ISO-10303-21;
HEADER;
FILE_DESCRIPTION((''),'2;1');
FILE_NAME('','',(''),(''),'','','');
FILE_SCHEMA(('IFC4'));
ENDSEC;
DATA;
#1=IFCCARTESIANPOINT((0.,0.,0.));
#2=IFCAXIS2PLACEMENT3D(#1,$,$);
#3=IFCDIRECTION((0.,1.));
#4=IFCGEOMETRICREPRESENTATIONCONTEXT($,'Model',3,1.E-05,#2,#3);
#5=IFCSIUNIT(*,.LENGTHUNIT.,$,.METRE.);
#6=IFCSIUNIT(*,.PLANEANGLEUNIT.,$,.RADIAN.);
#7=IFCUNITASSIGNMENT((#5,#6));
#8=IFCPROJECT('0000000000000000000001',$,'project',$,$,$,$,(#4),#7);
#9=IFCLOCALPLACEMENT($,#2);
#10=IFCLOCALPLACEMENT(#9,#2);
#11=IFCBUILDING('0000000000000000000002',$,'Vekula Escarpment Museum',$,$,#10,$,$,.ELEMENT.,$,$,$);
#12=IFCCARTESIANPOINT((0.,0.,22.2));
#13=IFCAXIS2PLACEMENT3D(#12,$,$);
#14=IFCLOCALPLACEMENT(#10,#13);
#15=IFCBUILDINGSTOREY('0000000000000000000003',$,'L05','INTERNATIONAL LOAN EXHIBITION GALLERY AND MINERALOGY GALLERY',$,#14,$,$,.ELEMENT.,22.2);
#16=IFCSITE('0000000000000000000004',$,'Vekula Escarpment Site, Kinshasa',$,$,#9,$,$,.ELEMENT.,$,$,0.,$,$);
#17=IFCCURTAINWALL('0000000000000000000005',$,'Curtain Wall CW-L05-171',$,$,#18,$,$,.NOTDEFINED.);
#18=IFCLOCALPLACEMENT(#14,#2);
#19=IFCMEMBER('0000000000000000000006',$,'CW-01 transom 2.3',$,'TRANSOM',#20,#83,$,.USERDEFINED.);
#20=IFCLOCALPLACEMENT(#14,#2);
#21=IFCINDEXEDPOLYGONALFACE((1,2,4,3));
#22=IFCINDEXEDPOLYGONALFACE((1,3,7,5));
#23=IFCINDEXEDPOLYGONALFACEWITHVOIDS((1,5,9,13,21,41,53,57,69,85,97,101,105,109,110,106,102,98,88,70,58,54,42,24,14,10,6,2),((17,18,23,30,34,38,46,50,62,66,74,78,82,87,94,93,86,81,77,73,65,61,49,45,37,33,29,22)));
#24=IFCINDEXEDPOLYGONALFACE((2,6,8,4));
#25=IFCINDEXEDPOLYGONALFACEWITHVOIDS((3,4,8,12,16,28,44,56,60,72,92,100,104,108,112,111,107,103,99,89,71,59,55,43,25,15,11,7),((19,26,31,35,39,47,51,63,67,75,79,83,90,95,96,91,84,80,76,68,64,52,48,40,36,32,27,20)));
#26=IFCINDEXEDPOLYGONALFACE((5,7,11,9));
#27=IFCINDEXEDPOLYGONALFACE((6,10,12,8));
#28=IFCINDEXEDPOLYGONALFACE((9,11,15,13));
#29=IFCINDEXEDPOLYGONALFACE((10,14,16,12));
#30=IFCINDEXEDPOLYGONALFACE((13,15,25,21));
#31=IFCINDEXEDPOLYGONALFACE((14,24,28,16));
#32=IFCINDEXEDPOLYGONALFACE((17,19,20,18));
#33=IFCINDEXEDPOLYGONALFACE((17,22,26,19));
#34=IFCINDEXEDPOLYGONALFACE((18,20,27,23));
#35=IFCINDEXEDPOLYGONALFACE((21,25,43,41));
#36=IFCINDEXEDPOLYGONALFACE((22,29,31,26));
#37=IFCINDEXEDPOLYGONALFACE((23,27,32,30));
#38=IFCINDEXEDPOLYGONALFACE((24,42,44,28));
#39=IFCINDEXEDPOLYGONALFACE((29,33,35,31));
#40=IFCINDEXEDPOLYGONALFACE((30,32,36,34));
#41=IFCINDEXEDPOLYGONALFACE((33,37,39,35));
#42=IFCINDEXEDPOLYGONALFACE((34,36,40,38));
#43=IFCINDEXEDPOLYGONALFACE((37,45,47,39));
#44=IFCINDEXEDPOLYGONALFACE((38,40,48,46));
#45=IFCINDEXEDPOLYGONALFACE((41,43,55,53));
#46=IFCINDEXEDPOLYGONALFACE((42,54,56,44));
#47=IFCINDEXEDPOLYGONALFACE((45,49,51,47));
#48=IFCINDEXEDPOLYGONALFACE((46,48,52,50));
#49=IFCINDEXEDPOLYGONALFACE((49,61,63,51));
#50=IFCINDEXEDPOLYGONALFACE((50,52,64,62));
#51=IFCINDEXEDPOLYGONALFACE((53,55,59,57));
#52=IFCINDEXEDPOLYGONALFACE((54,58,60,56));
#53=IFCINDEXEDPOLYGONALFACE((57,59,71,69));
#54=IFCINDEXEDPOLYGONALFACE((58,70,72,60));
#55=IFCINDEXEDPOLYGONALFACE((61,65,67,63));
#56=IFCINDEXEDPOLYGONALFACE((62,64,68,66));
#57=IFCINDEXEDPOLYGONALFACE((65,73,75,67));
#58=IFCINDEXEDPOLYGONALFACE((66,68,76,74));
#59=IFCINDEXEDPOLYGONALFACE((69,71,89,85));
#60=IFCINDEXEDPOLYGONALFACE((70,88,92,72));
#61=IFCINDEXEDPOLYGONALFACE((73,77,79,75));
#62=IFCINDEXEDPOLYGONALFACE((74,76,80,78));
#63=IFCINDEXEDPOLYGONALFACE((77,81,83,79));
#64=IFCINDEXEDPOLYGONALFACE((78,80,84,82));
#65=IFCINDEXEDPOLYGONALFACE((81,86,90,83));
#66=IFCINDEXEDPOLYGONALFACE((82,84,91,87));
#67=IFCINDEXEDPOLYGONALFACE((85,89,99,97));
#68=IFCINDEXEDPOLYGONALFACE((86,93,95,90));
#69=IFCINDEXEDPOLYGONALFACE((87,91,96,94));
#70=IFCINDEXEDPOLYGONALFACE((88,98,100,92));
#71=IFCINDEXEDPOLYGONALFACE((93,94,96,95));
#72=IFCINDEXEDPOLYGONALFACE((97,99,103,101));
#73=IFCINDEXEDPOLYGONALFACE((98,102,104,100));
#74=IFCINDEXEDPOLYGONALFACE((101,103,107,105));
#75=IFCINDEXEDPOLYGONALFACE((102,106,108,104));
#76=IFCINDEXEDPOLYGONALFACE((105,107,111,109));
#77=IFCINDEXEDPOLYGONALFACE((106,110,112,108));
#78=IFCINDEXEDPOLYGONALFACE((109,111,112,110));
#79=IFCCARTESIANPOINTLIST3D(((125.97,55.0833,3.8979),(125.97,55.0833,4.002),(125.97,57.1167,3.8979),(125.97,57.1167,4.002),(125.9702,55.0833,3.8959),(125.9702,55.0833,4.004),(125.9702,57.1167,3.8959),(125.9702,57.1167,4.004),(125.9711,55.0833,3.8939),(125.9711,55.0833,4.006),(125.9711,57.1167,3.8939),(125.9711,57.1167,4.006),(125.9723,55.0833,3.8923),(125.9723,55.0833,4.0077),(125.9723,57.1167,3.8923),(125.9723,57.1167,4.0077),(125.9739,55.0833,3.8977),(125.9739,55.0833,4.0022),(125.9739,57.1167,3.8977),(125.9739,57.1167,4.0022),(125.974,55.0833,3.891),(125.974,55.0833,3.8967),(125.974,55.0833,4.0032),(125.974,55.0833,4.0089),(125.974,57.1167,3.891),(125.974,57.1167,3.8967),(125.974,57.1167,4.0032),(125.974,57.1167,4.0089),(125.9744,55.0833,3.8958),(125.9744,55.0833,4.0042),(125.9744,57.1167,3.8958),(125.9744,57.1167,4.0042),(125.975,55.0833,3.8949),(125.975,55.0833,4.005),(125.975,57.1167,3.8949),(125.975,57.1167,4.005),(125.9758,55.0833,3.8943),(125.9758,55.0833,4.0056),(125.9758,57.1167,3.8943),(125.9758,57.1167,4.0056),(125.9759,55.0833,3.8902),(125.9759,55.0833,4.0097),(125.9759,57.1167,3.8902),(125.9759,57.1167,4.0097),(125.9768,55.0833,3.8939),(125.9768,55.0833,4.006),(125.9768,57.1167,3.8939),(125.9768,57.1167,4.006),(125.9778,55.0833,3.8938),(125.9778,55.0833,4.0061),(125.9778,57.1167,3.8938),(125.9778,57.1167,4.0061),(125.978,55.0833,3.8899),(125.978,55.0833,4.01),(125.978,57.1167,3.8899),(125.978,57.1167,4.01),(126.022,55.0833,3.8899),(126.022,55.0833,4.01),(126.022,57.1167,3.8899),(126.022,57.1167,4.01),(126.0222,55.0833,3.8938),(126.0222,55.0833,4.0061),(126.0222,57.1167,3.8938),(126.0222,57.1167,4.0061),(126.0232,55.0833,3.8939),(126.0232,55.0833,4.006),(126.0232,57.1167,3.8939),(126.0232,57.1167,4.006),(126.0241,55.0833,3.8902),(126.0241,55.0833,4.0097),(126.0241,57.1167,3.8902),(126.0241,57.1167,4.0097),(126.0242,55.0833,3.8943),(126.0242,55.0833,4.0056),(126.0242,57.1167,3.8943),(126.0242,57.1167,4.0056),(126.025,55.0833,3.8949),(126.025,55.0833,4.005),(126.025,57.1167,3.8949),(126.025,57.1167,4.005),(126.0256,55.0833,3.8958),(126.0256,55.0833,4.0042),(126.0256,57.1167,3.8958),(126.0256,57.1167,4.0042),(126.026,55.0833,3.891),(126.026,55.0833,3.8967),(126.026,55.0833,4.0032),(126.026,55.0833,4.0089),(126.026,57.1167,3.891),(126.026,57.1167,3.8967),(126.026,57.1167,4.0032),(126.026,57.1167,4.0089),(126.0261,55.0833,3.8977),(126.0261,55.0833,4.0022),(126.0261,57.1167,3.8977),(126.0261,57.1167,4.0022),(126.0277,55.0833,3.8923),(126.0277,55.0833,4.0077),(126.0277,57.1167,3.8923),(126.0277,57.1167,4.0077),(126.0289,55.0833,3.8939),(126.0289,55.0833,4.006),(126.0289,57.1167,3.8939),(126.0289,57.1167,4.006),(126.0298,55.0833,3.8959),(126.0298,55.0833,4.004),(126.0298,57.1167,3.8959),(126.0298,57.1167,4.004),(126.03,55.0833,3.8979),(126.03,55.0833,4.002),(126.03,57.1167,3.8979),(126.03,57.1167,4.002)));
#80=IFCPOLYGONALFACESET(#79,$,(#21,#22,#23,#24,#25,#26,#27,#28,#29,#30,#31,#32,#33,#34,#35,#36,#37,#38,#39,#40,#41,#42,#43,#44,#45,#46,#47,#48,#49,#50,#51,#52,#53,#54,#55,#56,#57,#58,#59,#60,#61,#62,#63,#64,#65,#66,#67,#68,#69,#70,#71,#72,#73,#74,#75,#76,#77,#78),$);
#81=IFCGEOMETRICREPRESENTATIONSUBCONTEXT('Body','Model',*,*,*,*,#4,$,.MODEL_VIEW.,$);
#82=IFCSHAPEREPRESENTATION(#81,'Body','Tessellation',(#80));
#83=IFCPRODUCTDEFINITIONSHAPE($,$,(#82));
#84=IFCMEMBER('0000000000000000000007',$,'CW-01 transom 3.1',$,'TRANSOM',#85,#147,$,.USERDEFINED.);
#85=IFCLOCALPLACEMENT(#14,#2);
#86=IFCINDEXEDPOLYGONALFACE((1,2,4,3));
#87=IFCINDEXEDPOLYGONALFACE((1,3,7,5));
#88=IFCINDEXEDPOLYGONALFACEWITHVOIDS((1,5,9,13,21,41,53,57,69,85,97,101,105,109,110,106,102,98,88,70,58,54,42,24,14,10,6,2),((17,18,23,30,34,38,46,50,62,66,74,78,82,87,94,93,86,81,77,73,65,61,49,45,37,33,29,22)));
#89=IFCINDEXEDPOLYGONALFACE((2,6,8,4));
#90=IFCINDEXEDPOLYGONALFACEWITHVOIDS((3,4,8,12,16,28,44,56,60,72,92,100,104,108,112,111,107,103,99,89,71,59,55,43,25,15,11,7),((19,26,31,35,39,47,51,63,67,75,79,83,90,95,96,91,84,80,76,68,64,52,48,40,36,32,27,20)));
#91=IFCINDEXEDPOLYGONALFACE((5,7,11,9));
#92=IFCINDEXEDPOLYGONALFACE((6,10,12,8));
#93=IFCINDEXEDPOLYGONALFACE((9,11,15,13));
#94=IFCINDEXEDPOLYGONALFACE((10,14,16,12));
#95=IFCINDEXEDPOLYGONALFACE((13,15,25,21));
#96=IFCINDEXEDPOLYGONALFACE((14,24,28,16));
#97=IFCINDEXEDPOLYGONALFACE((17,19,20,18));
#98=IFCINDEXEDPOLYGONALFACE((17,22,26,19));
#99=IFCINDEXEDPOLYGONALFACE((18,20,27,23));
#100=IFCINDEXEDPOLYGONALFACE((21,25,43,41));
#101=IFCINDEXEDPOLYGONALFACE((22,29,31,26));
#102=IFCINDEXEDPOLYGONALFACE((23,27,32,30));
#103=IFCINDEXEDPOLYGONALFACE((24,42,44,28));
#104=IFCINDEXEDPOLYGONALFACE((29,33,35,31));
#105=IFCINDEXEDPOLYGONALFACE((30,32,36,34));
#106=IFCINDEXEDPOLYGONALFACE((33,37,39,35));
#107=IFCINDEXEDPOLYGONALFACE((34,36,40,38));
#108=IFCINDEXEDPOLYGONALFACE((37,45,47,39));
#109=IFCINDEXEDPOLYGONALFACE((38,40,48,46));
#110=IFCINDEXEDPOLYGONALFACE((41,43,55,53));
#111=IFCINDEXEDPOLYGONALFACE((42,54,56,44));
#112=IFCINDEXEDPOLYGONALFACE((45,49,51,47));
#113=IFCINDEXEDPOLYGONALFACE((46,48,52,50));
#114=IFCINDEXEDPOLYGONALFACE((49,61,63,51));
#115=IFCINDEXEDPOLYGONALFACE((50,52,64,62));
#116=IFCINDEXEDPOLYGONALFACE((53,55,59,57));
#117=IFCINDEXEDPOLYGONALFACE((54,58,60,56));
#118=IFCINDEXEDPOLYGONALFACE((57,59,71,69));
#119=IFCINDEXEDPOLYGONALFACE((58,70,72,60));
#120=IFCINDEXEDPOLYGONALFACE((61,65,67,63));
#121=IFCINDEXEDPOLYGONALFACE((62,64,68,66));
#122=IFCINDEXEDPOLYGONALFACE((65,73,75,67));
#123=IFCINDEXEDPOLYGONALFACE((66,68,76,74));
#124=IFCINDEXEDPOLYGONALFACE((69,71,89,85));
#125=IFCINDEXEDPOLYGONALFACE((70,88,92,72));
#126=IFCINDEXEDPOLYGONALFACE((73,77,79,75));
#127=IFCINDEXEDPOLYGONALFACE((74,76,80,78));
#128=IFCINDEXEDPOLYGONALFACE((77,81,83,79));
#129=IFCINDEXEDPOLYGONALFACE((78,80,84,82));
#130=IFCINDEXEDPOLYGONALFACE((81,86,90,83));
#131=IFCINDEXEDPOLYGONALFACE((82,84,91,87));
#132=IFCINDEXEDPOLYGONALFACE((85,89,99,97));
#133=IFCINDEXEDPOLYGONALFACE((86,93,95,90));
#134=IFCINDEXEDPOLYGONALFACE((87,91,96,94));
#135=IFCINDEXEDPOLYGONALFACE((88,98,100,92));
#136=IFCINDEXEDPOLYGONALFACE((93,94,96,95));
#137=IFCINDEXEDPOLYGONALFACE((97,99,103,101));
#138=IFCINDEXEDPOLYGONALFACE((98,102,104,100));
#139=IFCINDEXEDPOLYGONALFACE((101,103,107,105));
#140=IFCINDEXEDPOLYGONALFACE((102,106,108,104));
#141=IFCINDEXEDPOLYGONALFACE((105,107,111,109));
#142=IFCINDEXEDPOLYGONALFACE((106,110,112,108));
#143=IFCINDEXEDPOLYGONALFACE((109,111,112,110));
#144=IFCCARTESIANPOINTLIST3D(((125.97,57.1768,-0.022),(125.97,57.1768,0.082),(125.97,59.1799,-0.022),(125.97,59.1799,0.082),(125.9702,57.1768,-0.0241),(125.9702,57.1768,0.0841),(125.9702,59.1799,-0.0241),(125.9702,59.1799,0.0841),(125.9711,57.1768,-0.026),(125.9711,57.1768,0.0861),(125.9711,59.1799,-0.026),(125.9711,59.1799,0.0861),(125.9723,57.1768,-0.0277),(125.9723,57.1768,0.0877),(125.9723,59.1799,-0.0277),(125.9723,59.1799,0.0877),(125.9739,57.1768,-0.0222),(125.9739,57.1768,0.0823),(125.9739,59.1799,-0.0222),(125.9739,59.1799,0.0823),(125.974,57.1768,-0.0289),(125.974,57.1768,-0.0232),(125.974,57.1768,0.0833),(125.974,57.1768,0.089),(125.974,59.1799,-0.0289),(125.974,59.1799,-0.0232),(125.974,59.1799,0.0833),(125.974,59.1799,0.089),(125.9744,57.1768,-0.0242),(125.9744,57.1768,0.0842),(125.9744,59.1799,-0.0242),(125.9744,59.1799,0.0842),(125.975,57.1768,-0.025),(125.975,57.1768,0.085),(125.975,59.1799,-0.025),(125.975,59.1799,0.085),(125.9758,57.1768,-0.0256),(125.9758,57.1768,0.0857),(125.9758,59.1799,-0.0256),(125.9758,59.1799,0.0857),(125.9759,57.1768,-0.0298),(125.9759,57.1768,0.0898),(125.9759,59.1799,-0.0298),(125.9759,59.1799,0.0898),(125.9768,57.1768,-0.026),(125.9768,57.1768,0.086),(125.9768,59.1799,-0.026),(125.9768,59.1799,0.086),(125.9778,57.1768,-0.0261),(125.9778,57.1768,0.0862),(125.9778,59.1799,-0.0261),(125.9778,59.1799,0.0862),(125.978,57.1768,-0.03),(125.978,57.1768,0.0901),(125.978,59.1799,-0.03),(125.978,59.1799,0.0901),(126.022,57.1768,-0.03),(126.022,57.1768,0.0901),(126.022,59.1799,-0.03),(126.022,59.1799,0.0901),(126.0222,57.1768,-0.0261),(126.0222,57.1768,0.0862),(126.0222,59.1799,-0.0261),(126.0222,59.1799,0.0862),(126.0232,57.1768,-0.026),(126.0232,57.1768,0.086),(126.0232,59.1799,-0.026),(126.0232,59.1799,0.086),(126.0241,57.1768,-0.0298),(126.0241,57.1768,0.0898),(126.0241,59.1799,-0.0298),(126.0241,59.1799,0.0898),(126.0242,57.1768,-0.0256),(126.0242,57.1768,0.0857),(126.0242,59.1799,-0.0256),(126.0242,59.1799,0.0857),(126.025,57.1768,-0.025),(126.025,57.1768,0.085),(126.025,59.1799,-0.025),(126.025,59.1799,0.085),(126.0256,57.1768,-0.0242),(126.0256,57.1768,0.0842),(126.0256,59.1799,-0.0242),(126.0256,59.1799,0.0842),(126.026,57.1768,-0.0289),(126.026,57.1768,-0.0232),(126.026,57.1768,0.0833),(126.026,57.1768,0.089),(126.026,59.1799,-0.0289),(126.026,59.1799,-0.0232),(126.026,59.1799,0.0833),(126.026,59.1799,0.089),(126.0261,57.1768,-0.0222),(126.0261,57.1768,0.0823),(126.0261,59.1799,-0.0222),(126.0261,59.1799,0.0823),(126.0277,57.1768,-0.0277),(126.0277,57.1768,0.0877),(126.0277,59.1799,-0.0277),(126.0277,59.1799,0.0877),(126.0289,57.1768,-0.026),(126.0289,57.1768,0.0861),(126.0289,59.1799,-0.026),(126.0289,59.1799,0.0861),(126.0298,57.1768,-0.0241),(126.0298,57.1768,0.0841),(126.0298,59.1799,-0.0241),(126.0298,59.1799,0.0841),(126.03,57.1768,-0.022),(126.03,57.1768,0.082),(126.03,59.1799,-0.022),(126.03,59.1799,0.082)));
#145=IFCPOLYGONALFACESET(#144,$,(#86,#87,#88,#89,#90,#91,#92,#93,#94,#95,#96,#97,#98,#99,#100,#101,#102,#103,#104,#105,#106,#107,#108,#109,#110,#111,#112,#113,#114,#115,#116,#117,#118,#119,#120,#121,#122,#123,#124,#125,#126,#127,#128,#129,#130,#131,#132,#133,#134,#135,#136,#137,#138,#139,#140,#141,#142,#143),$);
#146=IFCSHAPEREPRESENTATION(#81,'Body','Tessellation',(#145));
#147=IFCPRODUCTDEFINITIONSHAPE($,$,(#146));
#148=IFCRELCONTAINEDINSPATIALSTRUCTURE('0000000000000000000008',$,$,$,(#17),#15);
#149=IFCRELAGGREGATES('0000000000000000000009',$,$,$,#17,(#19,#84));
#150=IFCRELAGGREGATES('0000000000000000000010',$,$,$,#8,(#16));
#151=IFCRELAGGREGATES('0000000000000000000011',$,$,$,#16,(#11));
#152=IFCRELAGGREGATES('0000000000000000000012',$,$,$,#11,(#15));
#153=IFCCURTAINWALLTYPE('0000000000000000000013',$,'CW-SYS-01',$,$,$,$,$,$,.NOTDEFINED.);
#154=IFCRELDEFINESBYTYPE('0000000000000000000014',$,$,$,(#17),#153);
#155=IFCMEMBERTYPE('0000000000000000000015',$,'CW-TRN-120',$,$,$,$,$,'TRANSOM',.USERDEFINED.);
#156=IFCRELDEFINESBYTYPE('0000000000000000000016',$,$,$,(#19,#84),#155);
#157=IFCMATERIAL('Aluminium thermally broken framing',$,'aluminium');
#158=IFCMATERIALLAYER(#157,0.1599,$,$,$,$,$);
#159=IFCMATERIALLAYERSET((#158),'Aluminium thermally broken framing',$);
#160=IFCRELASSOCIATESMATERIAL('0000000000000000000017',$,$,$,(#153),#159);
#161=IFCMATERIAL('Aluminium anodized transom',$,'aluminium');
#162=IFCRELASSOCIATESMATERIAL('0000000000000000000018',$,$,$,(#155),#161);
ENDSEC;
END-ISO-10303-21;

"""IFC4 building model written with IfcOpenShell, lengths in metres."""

from ifc_helpers import new_model, si_unit, direction, frame, origin, origin_2d, place, context, subcontext, project, spatial, hollow_rectangle, extrude, material, layer, layer_set, material_profile, profile_set, type_object, element, aggregate, save


model = new_model("IFC4")

# Units and contexts
model_context = context("Model", 3, precision=1e-05, world=origin(), true_north=direction((0.0, 1.0)))
body_context = subcontext(model_context, "Body", "Model", "MODEL_VIEW")
ifc_project = project(units=[si_unit("LENGTHUNIT", "METRE"), si_unit("PLANEANGLEUNIT", "RADIAN")], contexts=[model_context])

# Site, building, storey
site_placement = place(None, origin())
site = spatial("IfcSite", under=ifc_project, at=site_placement, Name="Vekula Escarpment Site, Kinshasa", CompositionType="ELEMENT", RefElevation=0.0)
building_placement = place(site_placement, origin())
building = spatial("IfcBuilding", under=site, at=building_placement, Name="Vekula Escarpment Museum", CompositionType="ELEMENT")
storey_placement = place(building_placement, frame((0.0, 0.0, 22.2)))
storey = spatial("IfcBuildingStorey", under=building, at=storey_placement, Name="L05", Description="INTERNATIONAL LOAN EXHIBITION GALLERY AND MINERALOGY GALLERY", CompositionType="ELEMENT", Elevation=22.2)

# Curtain wall, members
ifc_material_1 = material(Name="Aluminium thermally broken framing", Category="aluminium")
ifc_layer_1 = layer(ifc_material_1, 0.1599)
ifc_layer_set_1 = layer_set([ifc_layer_1], Name="Aluminium thermally broken framing")
curtain_wall_type = type_object("IfcCurtainWallType", Name="CW-SYS-01", PredefinedType="NOTDEFINED", material=ifc_layer_set_1)
curtain_wall_placement = place(storey_placement, origin())
curtain_wall = element("IfcCurtainWall", 1, at=curtain_wall_placement, inside=storey, type_object=curtain_wall_type, Name="Curtain Wall CW-L05-171", PredefinedType="NOTDEFINED")
ifc_material_2 = material(Name="Aluminium anodized transom", Category="aluminium")
ifc_material_profile_1 = material_profile(ifc_material_2, hollow_rectangle(XDim=0.0601, YDim=0.1201, WallThickness=0.0039, InnerFilletRadius=0.0039, OuterFilletRadius=0.0081, at=origin_2d()), Name="ALU 120x60x4")
ifc_profile_set_1 = profile_set([ifc_material_profile_1], Name="Aluminium anodized transom")
member_type_1 = type_object("IfcMemberType", Name="CW-TRN-120", ElementType="TRANSOM", PredefinedType="USERDEFINED", material=ifc_profile_set_1)
member_1_placement = place(storey_placement, frame((126.0, 55.0833, 3.95), z_axis=(0.0, 1.0, 0.0), x_axis=(-1.0, 0.0, 0.0)))
member_1 = element("IfcMember", 2, at=member_1_placement, type_object=member_type_1, Name="CW-01 transom 2.3", ObjectType="TRANSOM", PredefinedType="USERDEFINED", context=body_context, shape_type="SweptSolid", body=[
    extrude(hollow_rectangle(XDim=0.0601, YDim=0.1201, WallThickness=0.0039, InnerFilletRadius=0.0039, OuterFilletRadius=0.0081, at=origin_2d()), origin(), (0.0, 0.0, 1.0), 2.0334),
])
member_2_placement = place(storey_placement, frame((126.0, 57.1768, 0.03), z_axis=(0.0, 1.0, 0.0), x_axis=(-1.0, 0.0, 0.0)))
member_2 = element("IfcMember", 3, at=member_2_placement, type_object=member_type_1, Name="CW-01 transom 3.1", ObjectType="TRANSOM", PredefinedType="USERDEFINED", context=body_context, shape_type="SweptSolid", body=[
    extrude(hollow_rectangle(XDim=0.0601, YDim=0.1201, WallThickness=0.0039, InnerFilletRadius=0.0039, OuterFilletRadius=0.0081, at=origin_2d()), origin(), (0.0, 0.0, 1.0), 2.0032),
])

aggregate(curtain_wall, [member_1, member_2])

save(model, "model.ifc")
